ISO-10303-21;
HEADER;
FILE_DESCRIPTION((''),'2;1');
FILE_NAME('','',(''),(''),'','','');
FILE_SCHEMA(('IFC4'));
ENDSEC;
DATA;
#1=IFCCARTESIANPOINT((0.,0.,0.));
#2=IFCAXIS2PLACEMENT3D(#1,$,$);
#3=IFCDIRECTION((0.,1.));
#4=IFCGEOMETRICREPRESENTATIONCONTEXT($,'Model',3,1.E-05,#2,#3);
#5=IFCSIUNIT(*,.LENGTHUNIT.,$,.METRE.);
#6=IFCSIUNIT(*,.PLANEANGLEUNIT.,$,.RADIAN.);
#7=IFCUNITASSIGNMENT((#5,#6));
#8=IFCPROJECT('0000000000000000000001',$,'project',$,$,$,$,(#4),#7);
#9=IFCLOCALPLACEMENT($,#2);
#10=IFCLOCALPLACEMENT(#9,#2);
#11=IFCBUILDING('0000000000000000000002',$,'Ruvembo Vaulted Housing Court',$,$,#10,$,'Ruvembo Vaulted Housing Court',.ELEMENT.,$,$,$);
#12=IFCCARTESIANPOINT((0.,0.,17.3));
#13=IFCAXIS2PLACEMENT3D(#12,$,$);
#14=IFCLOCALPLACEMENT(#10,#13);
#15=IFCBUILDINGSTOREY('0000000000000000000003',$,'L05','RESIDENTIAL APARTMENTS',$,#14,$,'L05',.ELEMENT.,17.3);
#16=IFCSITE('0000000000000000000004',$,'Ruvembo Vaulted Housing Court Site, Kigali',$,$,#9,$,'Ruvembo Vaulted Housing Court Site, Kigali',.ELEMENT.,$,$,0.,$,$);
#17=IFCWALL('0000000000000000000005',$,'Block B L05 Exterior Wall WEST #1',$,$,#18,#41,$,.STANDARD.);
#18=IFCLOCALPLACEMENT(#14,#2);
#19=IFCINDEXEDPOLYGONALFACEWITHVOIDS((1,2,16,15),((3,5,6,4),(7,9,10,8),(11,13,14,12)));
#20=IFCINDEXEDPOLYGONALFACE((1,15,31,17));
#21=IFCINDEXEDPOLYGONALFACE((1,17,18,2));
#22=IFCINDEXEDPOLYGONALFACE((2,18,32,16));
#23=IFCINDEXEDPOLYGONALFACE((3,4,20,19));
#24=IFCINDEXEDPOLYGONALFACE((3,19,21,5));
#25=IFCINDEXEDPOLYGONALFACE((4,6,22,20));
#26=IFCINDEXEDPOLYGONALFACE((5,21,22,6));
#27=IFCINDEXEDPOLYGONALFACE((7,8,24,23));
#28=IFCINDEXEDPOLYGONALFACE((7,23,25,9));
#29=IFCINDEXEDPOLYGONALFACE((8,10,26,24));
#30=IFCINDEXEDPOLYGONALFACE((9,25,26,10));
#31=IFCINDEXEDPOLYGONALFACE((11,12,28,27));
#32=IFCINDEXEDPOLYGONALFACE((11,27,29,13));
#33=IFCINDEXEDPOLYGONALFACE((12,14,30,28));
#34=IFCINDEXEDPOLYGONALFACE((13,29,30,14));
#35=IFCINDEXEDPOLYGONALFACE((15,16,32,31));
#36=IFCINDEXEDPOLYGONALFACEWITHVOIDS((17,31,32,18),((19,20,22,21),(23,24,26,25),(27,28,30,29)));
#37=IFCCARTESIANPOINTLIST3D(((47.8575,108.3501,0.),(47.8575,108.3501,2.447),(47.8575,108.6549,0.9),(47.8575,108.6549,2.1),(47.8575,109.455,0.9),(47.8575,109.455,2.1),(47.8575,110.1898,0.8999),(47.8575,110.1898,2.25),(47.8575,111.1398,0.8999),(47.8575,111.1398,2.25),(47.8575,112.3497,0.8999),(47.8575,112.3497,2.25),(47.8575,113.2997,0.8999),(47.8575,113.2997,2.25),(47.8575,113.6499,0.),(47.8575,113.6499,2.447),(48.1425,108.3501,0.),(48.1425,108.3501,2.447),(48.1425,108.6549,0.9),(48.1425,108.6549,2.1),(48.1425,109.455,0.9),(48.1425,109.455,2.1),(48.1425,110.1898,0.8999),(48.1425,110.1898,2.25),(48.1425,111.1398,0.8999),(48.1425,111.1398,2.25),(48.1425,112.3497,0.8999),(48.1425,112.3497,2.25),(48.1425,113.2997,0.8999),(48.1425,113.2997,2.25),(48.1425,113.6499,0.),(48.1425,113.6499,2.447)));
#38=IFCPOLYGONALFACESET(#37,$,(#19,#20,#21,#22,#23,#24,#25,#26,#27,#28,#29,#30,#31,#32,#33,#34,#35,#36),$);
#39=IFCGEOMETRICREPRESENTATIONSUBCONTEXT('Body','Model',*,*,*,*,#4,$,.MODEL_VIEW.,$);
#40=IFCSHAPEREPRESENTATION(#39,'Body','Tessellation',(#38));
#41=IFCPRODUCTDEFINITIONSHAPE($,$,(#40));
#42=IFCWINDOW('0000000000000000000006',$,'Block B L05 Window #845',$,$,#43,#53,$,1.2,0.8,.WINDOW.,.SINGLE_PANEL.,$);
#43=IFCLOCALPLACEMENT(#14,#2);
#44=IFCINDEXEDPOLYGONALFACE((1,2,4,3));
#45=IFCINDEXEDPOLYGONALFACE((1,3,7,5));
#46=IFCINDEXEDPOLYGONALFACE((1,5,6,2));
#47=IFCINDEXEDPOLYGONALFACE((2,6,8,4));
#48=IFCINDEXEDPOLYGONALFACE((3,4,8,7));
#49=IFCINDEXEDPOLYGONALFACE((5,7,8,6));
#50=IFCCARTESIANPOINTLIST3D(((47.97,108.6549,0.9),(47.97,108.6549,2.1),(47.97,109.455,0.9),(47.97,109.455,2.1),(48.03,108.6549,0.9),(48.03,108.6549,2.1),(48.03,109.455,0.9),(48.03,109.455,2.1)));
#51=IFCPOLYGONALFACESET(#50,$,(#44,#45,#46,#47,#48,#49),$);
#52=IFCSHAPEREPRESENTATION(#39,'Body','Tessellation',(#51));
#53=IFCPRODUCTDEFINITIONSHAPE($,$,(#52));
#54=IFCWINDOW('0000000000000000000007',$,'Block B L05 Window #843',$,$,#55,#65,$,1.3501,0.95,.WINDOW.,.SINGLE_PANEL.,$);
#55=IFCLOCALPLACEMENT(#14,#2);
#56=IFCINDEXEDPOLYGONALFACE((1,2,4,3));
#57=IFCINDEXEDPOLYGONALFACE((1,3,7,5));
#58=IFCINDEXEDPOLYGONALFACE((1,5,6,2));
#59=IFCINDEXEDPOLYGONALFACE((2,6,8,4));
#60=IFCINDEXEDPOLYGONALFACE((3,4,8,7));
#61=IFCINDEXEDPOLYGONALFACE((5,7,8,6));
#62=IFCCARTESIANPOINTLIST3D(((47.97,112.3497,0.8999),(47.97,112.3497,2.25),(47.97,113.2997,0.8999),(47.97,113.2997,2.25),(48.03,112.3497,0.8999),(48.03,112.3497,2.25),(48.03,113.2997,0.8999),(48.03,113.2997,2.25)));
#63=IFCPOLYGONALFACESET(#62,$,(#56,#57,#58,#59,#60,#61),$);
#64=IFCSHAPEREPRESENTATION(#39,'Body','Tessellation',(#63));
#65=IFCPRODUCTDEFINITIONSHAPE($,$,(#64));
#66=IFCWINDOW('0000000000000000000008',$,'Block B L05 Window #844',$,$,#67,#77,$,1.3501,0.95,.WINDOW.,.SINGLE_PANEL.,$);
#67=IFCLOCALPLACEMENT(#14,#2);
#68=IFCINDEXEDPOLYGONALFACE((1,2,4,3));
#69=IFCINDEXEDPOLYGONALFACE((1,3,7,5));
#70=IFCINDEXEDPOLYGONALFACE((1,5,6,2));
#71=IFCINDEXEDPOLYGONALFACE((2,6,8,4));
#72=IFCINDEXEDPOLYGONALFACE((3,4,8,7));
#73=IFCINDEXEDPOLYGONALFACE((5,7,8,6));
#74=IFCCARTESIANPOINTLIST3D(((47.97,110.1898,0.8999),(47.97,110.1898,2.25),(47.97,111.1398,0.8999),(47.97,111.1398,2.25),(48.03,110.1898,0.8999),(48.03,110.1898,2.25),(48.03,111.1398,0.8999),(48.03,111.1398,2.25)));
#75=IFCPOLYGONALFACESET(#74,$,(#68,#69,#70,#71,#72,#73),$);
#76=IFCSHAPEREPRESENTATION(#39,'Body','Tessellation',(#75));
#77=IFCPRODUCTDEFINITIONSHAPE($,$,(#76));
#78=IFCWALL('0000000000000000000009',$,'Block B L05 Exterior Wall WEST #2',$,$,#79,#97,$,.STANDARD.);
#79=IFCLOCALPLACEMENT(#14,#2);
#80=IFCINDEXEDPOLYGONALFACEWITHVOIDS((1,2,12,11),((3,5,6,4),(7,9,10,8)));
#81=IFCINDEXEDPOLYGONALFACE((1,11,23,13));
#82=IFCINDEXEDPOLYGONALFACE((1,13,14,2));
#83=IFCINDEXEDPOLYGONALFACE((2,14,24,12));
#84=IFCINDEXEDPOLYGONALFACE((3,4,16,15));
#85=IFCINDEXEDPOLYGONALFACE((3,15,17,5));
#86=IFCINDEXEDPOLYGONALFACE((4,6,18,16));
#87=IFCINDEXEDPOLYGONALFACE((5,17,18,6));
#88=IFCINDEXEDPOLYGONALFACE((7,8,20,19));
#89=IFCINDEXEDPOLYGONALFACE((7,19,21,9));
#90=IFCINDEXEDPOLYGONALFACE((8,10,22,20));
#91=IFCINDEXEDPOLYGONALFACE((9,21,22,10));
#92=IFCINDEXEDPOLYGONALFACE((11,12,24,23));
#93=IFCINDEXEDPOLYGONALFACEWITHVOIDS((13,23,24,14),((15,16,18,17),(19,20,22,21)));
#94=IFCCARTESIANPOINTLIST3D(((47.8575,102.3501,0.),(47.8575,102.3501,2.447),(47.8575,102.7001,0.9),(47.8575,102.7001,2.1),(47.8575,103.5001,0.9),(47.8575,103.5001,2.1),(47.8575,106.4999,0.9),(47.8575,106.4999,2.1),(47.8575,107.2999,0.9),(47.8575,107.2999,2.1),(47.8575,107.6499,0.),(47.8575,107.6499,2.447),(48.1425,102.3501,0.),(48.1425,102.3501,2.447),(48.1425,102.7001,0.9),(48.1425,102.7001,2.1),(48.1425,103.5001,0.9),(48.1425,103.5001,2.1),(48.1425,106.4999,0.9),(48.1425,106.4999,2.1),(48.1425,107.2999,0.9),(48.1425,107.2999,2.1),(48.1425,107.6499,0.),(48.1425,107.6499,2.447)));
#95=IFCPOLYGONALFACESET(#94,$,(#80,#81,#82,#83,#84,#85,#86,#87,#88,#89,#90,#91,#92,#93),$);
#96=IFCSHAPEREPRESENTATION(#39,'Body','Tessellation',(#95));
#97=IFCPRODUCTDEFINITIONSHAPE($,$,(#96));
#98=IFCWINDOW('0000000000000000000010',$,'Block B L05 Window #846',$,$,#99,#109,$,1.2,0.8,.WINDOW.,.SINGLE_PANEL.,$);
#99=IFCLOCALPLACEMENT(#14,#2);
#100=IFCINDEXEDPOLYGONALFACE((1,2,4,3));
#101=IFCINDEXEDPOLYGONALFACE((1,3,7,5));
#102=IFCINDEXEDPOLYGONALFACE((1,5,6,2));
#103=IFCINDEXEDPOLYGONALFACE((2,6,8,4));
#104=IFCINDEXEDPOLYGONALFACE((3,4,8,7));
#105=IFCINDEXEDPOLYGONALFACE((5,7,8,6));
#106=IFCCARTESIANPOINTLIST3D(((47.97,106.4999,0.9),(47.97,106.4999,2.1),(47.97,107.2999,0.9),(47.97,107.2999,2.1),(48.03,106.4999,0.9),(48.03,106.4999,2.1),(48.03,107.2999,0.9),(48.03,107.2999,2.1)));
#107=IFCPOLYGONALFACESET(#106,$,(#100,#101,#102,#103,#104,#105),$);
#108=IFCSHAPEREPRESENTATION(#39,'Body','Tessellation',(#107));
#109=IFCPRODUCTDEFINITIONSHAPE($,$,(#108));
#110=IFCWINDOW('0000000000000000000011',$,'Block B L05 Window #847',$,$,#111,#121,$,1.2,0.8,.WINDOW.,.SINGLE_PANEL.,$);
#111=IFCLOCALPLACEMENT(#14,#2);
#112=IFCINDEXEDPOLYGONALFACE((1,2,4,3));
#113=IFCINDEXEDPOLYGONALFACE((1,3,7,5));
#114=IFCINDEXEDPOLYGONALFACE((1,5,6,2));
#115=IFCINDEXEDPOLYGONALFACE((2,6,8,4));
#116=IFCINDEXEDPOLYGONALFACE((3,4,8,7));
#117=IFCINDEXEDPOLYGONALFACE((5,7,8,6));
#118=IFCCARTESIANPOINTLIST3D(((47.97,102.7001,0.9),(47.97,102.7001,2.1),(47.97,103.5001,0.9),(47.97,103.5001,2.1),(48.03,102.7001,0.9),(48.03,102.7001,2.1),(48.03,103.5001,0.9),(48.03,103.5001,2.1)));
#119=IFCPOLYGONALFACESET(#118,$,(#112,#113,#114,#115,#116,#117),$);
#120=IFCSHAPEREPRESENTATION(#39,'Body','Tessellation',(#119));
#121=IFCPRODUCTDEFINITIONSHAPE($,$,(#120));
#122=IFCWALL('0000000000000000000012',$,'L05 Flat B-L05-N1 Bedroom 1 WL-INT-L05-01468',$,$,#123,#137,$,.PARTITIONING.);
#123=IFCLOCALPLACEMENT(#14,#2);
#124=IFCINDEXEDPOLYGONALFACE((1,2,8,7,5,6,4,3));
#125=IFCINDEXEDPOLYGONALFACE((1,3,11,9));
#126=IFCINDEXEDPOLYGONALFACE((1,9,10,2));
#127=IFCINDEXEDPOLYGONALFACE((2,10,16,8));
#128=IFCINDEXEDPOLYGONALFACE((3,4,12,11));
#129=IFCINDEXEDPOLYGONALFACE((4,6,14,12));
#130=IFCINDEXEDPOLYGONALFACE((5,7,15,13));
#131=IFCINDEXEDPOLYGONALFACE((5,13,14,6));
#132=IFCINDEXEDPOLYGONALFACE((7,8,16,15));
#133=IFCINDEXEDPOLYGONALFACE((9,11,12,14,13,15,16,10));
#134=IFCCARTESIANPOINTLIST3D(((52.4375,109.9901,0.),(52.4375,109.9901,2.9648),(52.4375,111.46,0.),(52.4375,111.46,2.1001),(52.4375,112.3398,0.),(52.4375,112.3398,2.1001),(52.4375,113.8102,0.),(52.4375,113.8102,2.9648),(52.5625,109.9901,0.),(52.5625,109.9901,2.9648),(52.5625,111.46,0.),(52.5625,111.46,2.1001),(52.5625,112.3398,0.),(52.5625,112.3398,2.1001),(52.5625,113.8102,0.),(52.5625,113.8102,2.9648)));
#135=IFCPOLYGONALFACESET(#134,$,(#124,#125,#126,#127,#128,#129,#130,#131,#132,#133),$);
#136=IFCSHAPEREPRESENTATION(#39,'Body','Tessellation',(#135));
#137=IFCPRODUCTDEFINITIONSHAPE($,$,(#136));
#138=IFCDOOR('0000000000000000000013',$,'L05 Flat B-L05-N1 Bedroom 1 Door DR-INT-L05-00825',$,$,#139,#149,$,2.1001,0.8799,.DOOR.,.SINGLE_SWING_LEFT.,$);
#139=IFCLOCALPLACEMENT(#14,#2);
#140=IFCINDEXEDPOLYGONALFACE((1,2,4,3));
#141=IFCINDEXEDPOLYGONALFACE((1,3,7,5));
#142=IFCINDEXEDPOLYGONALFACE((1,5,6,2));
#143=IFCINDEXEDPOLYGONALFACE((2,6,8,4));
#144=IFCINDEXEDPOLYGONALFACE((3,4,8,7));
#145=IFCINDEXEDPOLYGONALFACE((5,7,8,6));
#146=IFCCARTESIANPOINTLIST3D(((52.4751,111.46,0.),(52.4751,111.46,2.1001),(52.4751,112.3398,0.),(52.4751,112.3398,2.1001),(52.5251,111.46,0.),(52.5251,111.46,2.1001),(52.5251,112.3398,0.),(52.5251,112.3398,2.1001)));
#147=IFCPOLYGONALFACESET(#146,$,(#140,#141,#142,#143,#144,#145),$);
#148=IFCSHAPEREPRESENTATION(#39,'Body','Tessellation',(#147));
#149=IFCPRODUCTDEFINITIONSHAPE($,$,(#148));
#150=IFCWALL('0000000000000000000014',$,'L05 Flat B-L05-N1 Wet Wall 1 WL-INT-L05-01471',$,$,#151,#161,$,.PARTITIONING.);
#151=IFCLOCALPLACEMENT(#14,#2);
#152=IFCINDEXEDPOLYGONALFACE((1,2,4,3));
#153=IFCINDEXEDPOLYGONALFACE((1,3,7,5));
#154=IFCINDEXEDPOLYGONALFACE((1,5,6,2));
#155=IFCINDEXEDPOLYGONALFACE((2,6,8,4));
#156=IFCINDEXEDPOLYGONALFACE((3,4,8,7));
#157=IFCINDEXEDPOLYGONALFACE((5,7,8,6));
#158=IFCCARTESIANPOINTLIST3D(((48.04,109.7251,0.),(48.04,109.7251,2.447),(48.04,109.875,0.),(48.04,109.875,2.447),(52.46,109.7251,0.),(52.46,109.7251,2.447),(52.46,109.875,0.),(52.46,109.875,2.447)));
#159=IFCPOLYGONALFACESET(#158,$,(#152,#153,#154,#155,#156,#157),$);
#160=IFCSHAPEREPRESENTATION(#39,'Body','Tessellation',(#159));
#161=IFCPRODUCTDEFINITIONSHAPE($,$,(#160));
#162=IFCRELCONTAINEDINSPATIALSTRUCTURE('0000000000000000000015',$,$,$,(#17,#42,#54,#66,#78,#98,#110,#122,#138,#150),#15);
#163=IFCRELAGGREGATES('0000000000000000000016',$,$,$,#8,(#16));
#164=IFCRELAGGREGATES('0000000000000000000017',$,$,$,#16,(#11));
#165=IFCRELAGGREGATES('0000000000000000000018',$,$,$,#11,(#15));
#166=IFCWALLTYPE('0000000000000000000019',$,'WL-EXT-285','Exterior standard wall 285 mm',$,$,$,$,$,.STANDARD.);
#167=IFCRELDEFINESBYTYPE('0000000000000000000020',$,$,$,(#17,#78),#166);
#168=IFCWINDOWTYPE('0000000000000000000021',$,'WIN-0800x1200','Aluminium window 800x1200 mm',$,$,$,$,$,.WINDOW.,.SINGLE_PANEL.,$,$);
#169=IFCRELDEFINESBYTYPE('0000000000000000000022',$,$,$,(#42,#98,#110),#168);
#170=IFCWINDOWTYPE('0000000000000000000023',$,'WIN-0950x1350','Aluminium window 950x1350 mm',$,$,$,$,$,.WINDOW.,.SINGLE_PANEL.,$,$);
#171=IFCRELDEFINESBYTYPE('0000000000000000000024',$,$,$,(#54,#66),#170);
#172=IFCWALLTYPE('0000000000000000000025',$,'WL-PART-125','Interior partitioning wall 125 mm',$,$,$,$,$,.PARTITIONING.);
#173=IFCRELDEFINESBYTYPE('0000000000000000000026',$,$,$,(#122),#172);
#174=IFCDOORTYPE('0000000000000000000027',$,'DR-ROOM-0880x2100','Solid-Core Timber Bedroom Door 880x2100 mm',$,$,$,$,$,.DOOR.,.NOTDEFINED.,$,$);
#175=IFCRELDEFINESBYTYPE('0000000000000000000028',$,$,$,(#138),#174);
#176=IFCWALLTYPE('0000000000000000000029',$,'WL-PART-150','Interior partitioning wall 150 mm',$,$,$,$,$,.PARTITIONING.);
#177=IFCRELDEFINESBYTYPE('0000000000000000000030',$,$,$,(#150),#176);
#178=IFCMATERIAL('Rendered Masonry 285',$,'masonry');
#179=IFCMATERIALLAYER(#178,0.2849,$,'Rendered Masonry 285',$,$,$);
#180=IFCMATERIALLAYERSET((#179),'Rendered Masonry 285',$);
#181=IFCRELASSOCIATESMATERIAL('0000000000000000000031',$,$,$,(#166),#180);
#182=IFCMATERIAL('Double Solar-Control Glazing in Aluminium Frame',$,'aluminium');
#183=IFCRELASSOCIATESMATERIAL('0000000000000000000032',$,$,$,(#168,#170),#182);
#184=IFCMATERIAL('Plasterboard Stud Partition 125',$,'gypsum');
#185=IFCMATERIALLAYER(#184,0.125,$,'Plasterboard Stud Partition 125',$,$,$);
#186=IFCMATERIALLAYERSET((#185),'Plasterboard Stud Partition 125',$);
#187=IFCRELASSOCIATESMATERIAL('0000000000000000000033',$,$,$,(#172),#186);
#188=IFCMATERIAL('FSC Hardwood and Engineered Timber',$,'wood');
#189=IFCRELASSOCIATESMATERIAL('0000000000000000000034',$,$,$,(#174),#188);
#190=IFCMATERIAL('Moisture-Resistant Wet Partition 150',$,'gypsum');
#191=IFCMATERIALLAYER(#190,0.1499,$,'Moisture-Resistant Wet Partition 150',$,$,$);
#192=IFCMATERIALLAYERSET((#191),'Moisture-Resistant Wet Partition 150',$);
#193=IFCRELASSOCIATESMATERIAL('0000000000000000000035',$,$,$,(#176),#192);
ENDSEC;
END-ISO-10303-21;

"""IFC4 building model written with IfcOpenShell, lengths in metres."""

from ifc_helpers import new_model, si_unit, direction, frame, frame_2d, origin, place, context, subcontext, project, spatial, rectangle, extrude, material, layer, layer_set, type_object, element, fill, save


model = new_model("IFC4")

# Units and contexts
model_context = context("Model", 3, precision=1e-05, world=origin(), true_north=direction((0.0, 1.0)))
body_context = subcontext(model_context, "Body", "Model", "MODEL_VIEW")
ifc_project = project(units=[si_unit("LENGTHUNIT", "METRE"), si_unit("PLANEANGLEUNIT", "RADIAN")], contexts=[model_context])

# Site, building, storey
site_placement = place(None, origin())
site = spatial("IfcSite", under=ifc_project, at=site_placement, Name="Ruvembo Vaulted Housing Court Site, Kigali", LongName="Ruvembo Vaulted Housing Court Site, Kigali", CompositionType="ELEMENT", RefElevation=0.0)
building_placement = place(site_placement, origin())
building = spatial("IfcBuilding", under=site, at=building_placement, Name="Ruvembo Vaulted Housing Court", LongName="Ruvembo Vaulted Housing Court", CompositionType="ELEMENT")
storey_placement = place(building_placement, frame((0.0, 0.0, 17.3)))
storey = spatial("IfcBuildingStorey", under=building, at=storey_placement, Name="L05", Description="RESIDENTIAL APARTMENTS", LongName="L05", CompositionType="ELEMENT", Elevation=17.3)

# Walls, openings, windows
ifc_material_1 = material(Name="Rendered Masonry 285", Category="masonry")
ifc_layer_1 = layer(ifc_material_1, 0.2849, Name="Rendered Masonry 285")
ifc_layer_set_1 = layer_set([ifc_layer_1], Name="Rendered Masonry 285")
wall_type_1 = type_object("IfcWallType", Name="WL-EXT-285", Description="Exterior standard wall 285 mm", PredefinedType="STANDARD", material=ifc_layer_set_1)
ifc_material_2 = material(Name="Double Solar-Control Glazing in Aluminium Frame", Category="aluminium")
wall_1_placement = place(storey_placement, frame((48.0, 113.6499, 0.0), z_axis=(0.0, 0.0, 1.0), x_axis=(0.0, -1.0, 0.0)))
wall_1 = element("IfcWall", 1, at=wall_1_placement, inside=storey, type_object=wall_type_1, Name="Block B L05 Exterior Wall WEST #1", PredefinedType="STANDARD", context=body_context, shape_type="SweptSolid", body=[
    extrude(rectangle(XDim=5.2998, YDim=0.2849, at=frame_2d((2.6499, 0.0))), origin(), (0.0, 0.0, 1.0), 2.447),
])
opening_1_placement = place(wall_1_placement, frame((0.3501, 0.0, 0.8999)))
opening_1 = element("IfcOpeningElement", 2, at=opening_1_placement, cuts=wall_1, PredefinedType="OPENING", context=body_context, shape_type="SweptSolid", body=[
    extrude(rectangle(XDim=0.95, YDim=1.3501, at=frame_2d((0.4751, 0.675))), frame((0.0, 0.1523, 0.0), z_axis=(0.0, -1.0, 0.0), x_axis=(1.0, 0.0, 0.0)), (0.0, 0.0, 1.0), 0.3049),
])
opening_2_placement = place(wall_1_placement, frame((2.51, 0.0, 0.8999)))
opening_2 = element("IfcOpeningElement", 3, at=opening_2_placement, cuts=wall_1, PredefinedType="OPENING", context=body_context, shape_type="SweptSolid", body=[
    extrude(rectangle(XDim=0.95, YDim=1.3501, at=frame_2d((0.4751, 0.675))), frame((0.0, 0.1523, 0.0), z_axis=(0.0, -1.0, 0.0), x_axis=(1.0, 0.0, 0.0)), (0.0, 0.0, 1.0), 0.3049),
])
opening_3_placement = place(wall_1_placement, frame((4.1951, 0.0, 0.8999)))
opening_3 = element("IfcOpeningElement", 4, at=opening_3_placement, cuts=wall_1, PredefinedType="OPENING", context=body_context, shape_type="SweptSolid", body=[
    extrude(rectangle(XDim=0.8, YDim=1.2, at=frame_2d((0.3999, 0.6001))), frame((0.0, 0.1523, 0.0), z_axis=(0.0, -1.0, 0.0), x_axis=(1.0, 0.0, 0.0)), (0.0, 0.0, 1.0), 0.3049),
])
window_type_1 = type_object("IfcWindowType", Name="WIN-0800x1200", Description="Aluminium window 800x1200 mm", PartitioningType="SINGLE_PANEL", PredefinedType="WINDOW", material=ifc_material_2)
window_1_placement = place(opening_3_placement, origin())
window_1 = element("IfcWindow", 5, at=window_1_placement, inside=storey, type_object=window_type_1, Name="Block B L05 Window #845", OverallHeight=1.2, OverallWidth=0.8, PartitioningType="SINGLE_PANEL", PredefinedType="WINDOW", context=body_context, shape_type="SweptSolid", body=[
    extrude(rectangle(XDim=0.8, YDim=1.2, at=frame_2d((0.3999, 0.6001))), frame((0.0, 0.03, 0.0), z_axis=(0.0, -1.0, 0.0), x_axis=(1.0, 0.0, 0.0)), (0.0, 0.0, 1.0), 0.0601),
])
fill(opening_3, window_1)
window_type_2 = type_object("IfcWindowType", Name="WIN-0950x1350", Description="Aluminium window 950x1350 mm", PartitioningType="SINGLE_PANEL", PredefinedType="WINDOW", material=ifc_material_2)
window_2_placement = place(opening_1_placement, origin())
window_2 = element("IfcWindow", 6, at=window_2_placement, inside=storey, type_object=window_type_2, Name="Block B L05 Window #843", OverallHeight=1.3501, OverallWidth=0.95, PartitioningType="SINGLE_PANEL", PredefinedType="WINDOW", context=body_context, shape_type="SweptSolid", body=[
    extrude(rectangle(XDim=0.95, YDim=1.3501, at=frame_2d((0.4751, 0.675))), frame((0.0, 0.03, 0.0), z_axis=(0.0, -1.0, 0.0), x_axis=(1.0, 0.0, 0.0)), (0.0, 0.0, 1.0), 0.0601),
])
fill(opening_1, window_2)
window_3_placement = place(opening_2_placement, origin())
window_3 = element("IfcWindow", 7, at=window_3_placement, inside=storey, type_object=window_type_2, Name="Block B L05 Window #844", OverallHeight=1.3501, OverallWidth=0.95, PartitioningType="SINGLE_PANEL", PredefinedType="WINDOW", context=body_context, shape_type="SweptSolid", body=[
    extrude(rectangle(XDim=0.95, YDim=1.3501, at=frame_2d((0.4751, 0.675))), frame((0.0, 0.03, 0.0), z_axis=(0.0, -1.0, 0.0), x_axis=(1.0, 0.0, 0.0)), (0.0, 0.0, 1.0), 0.0601),
])
fill(opening_2, window_3)
wall_2_placement = place(storey_placement, frame((48.0, 107.6499, 0.0), z_axis=(0.0, 0.0, 1.0), x_axis=(0.0, -1.0, 0.0)))
wall_2 = element("IfcWall", 8, at=wall_2_placement, inside=storey, type_object=wall_type_1, Name="Block B L05 Exterior Wall WEST #2", PredefinedType="STANDARD", context=body_context, shape_type="SweptSolid", body=[
    extrude(rectangle(XDim=5.2998, YDim=0.2849, at=frame_2d((2.6499, 0.0))), origin(), (0.0, 0.0, 1.0), 2.447),
])
opening_4_placement = place(wall_2_placement, frame((0.3501, 0.0, 0.8999)))
opening_4 = element("IfcOpeningElement", 9, at=opening_4_placement, cuts=wall_2, PredefinedType="OPENING", context=body_context, shape_type="SweptSolid", body=[
    extrude(rectangle(XDim=0.8, YDim=1.2, at=frame_2d((0.3999, 0.6001))), frame((0.0, 0.1523, 0.0), z_axis=(0.0, -1.0, 0.0), x_axis=(1.0, 0.0, 0.0)), (0.0, 0.0, 1.0), 0.3049),
])
opening_5_placement = place(wall_2_placement, frame((4.1499, 0.0, 0.8999)))
opening_5 = element("IfcOpeningElement", 10, at=opening_5_placement, cuts=wall_2, PredefinedType="OPENING", context=body_context, shape_type="SweptSolid", body=[
    extrude(rectangle(XDim=0.8, YDim=1.2, at=frame_2d((0.3999, 0.6001))), frame((0.0, 0.1523, 0.0), z_axis=(0.0, -1.0, 0.0), x_axis=(1.0, 0.0, 0.0)), (0.0, 0.0, 1.0), 0.3049),
])
window_4_placement = place(opening_4_placement, origin())
window_4 = element("IfcWindow", 11, at=window_4_placement, inside=storey, type_object=window_type_1, Name="Block B L05 Window #846", OverallHeight=1.2, OverallWidth=0.8, PartitioningType="SINGLE_PANEL", PredefinedType="WINDOW", context=body_context, shape_type="SweptSolid", body=[
    extrude(rectangle(XDim=0.8, YDim=1.2, at=frame_2d((0.3999, 0.6001))), frame((0.0, 0.03, 0.0), z_axis=(0.0, -1.0, 0.0), x_axis=(1.0, 0.0, 0.0)), (0.0, 0.0, 1.0), 0.0601),
])
fill(opening_4, window_4)
window_5_placement = place(opening_5_placement, origin())
window_5 = element("IfcWindow", 12, at=window_5_placement, inside=storey, type_object=window_type_1, Name="Block B L05 Window #847", OverallHeight=1.2, OverallWidth=0.8, PartitioningType="SINGLE_PANEL", PredefinedType="WINDOW", context=body_context, shape_type="SweptSolid", body=[
    extrude(rectangle(XDim=0.8, YDim=1.2, at=frame_2d((0.3999, 0.6001))), frame((0.0, 0.03, 0.0), z_axis=(0.0, -1.0, 0.0), x_axis=(1.0, 0.0, 0.0)), (0.0, 0.0, 1.0), 0.0601),
])
fill(opening_5, window_5)

# Wall, opening, door
ifc_material_3 = material(Name="Plasterboard Stud Partition 125", Category="gypsum")
ifc_layer_2 = layer(ifc_material_3, 0.125, Name="Plasterboard Stud Partition 125")
ifc_layer_set_2 = layer_set([ifc_layer_2], Name="Plasterboard Stud Partition 125")
wall_type_2 = type_object("IfcWallType", Name="WL-PART-125", Description="Interior partitioning wall 125 mm", PredefinedType="PARTITIONING", material=ifc_layer_set_2)
wall_3_placement = place(storey_placement, frame((52.5, 109.99, 0.0), z_axis=(0.0, 0.0, 1.0), x_axis=(0.0, 1.0, 0.0)))
wall_3 = element("IfcWall", 13, at=wall_3_placement, inside=storey, type_object=wall_type_2, Name="L05 Flat B-L05-N1 Bedroom 1 WL-INT-L05-01468", PredefinedType="PARTITIONING", context=body_context, shape_type="SweptSolid", body=[
    extrude(rectangle(XDim=3.8201, YDim=0.125, at=frame_2d((1.9102, 0.0))), origin(), (0.0, 0.0, 1.0), 2.9648),
])
opening_6_placement = place(wall_3_placement, frame((1.47, 0.0, 0.0)))
opening_6 = element("IfcOpeningElement", 14, at=opening_6_placement, cuts=wall_3, PredefinedType="OPENING", context=body_context, shape_type="SweptSolid", body=[
    extrude(rectangle(XDim=0.8799, YDim=2.1001, at=frame_2d((0.4399, 1.05))), frame((0.0, 0.0725, 0.0), z_axis=(0.0, -1.0, 0.0), x_axis=(1.0, 0.0, 0.0)), (0.0, 0.0, 1.0), 0.145),
])
ifc_material_4 = material(Name="FSC Hardwood and Engineered Timber", Category="wood")
door_type = type_object("IfcDoorType", Name="DR-ROOM-0880x2100", Description="Solid-Core Timber Bedroom Door 880x2100 mm", OperationType="NOTDEFINED", PredefinedType="DOOR", material=ifc_material_4)
door_placement = place(opening_6_placement, origin())
door = element("IfcDoor", 15, at=door_placement, inside=storey, type_object=door_type, Name="L05 Flat B-L05-N1 Bedroom 1 Door DR-INT-L05-00825", OperationType="SINGLE_SWING_LEFT", OverallHeight=2.1001, OverallWidth=0.8799, PredefinedType="DOOR", context=body_context, shape_type="SweptSolid", body=[
    extrude(rectangle(XDim=0.8799, YDim=2.1001, at=frame_2d((0.4399, 1.05))), frame((0.0, 0.0249, 0.0), z_axis=(0.0, -1.0, 0.0), x_axis=(1.0, 0.0, 0.0)), (0.0, 0.0, 1.0), 0.05),
])
fill(opening_6, door)

# Wall
ifc_material_5 = material(Name="Moisture-Resistant Wet Partition 150", Category="gypsum")
ifc_layer_3 = layer(ifc_material_5, 0.1499, Name="Moisture-Resistant Wet Partition 150")
ifc_layer_set_3 = layer_set([ifc_layer_3], Name="Moisture-Resistant Wet Partition 150")
wall_type_3 = type_object("IfcWallType", Name="WL-PART-150", Description="Interior partitioning wall 150 mm", PredefinedType="PARTITIONING", material=ifc_layer_set_3)
wall_4_placement = place(storey_placement, frame((48.04, 109.8, 0.0), z_axis=(0.0, 0.0, 1.0), x_axis=(1.0, 0.0, 0.0)))
element("IfcWall", 16, at=wall_4_placement, inside=storey, type_object=wall_type_3, Name="L05 Flat B-L05-N1 Wet Wall 1 WL-INT-L05-01471", PredefinedType="PARTITIONING", context=body_context, shape_type="SweptSolid", body=[
    extrude(rectangle(XDim=4.4199, YDim=0.1499, at=frame_2d((2.21, 0.0))), origin(), (0.0, 0.0, 1.0), 2.447),
])

save(model, "model.ifc")
